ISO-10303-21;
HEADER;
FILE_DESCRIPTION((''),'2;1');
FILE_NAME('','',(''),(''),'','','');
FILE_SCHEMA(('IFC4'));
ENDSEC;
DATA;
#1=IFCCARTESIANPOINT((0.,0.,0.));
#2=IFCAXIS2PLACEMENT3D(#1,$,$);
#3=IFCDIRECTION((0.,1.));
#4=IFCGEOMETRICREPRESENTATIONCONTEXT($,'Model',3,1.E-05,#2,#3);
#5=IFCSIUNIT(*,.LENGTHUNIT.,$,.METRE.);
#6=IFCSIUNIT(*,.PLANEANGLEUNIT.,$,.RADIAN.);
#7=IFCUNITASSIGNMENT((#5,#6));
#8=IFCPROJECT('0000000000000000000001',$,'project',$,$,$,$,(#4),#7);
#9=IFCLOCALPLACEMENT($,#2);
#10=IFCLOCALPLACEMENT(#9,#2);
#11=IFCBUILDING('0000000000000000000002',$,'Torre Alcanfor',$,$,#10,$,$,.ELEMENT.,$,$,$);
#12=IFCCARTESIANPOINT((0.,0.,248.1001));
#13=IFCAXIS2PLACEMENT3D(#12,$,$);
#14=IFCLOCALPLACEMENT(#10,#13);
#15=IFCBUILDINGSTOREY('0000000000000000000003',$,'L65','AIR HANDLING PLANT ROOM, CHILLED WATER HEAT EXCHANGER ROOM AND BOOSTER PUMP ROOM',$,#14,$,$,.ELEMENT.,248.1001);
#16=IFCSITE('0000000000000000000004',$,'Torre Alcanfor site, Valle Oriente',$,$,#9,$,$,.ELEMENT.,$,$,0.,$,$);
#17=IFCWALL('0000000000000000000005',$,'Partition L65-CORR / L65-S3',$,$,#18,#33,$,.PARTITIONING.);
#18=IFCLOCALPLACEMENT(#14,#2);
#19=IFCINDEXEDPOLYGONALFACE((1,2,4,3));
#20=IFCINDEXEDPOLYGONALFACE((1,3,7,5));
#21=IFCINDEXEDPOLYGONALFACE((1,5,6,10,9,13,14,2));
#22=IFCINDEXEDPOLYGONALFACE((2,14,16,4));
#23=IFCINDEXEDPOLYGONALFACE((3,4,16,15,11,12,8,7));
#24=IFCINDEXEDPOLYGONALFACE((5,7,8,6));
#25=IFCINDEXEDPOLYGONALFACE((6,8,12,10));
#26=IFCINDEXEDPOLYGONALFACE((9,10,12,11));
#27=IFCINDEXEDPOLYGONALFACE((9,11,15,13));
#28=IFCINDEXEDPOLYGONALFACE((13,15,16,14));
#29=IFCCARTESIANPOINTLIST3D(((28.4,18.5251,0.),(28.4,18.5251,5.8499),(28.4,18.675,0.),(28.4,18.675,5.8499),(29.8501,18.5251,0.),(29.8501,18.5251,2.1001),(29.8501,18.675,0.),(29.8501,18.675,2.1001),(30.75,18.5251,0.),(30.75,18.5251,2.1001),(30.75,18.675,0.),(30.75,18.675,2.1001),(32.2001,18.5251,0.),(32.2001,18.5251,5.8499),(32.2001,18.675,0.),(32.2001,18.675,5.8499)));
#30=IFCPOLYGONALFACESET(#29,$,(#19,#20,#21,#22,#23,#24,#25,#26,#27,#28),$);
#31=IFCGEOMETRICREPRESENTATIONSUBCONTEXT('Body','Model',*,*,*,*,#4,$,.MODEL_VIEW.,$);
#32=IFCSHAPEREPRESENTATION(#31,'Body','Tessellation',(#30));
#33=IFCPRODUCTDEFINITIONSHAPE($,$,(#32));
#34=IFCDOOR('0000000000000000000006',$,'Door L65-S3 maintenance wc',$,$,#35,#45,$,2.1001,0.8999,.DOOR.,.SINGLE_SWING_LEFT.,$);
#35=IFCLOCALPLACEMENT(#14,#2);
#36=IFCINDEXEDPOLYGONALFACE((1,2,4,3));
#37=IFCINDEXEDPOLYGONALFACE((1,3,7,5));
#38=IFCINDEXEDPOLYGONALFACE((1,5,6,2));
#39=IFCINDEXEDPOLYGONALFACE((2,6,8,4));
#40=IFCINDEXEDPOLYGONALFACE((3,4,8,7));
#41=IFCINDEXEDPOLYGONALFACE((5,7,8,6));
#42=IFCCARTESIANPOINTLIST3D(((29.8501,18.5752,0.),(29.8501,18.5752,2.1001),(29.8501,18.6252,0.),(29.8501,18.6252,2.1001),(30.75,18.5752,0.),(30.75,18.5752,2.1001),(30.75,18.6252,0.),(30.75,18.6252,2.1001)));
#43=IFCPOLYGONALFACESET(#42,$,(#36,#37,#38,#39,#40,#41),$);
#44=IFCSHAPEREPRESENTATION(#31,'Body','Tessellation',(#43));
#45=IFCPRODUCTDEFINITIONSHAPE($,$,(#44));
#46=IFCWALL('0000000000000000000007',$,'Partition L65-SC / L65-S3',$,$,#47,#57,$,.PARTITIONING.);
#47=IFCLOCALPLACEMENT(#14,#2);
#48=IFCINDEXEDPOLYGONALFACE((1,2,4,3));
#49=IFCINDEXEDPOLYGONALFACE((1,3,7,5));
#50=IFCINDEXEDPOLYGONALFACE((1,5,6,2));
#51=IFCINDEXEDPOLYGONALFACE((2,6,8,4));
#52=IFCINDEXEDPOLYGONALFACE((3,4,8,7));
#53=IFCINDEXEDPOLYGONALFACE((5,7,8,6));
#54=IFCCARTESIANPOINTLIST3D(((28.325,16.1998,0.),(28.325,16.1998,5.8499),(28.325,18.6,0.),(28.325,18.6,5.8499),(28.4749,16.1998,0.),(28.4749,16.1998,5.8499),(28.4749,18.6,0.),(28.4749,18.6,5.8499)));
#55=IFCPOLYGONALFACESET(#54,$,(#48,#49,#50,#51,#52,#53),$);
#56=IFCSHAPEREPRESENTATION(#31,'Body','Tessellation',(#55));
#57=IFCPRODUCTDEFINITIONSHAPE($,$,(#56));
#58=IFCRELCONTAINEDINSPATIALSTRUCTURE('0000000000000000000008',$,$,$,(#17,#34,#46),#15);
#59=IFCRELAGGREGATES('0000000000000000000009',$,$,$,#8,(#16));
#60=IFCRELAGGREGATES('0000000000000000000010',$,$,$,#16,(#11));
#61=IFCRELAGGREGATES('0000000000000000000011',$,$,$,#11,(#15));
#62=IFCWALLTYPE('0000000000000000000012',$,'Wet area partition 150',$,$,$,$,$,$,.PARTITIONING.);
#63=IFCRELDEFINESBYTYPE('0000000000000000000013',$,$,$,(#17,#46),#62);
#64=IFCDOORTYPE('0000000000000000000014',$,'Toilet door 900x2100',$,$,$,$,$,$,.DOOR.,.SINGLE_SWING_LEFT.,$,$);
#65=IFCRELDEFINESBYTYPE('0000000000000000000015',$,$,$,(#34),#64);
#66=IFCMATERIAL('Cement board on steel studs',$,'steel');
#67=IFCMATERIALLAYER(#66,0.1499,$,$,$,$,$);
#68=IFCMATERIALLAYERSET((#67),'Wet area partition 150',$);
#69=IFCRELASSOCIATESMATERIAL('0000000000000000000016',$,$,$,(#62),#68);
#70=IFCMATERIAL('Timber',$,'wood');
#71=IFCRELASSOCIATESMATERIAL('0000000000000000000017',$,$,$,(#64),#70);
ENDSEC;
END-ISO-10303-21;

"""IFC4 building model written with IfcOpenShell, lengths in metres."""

from ifc_helpers import new_model, si_unit, direction, frame, frame_2d, origin, place, context, subcontext, project, spatial, rectangle, extrude, material, layer, layer_set, type_object, element, fill, save


model = new_model("IFC4")

# Units and contexts
model_context = context("Model", 3, precision=1e-05, world=origin(), true_north=direction((0.0, 1.0)))
body_context = subcontext(model_context, "Body", "Model", "MODEL_VIEW")
ifc_project = project(units=[si_unit("LENGTHUNIT", "METRE"), si_unit("PLANEANGLEUNIT", "RADIAN")], contexts=[model_context])

# Site, building, storey
site_placement = place(None, origin())
site = spatial("IfcSite", under=ifc_project, at=site_placement, Name="Torre Alcanfor site, Valle Oriente", CompositionType="ELEMENT", RefElevation=0.0)
building_placement = place(site_placement, origin())
building = spatial("IfcBuilding", under=site, at=building_placement, Name="Torre Alcanfor", CompositionType="ELEMENT")
storey_placement = place(building_placement, frame((0.0, 0.0, 248.1001)))
storey = spatial("IfcBuildingStorey", under=building, at=storey_placement, Name="L65", Description="AIR HANDLING PLANT ROOM, CHILLED WATER HEAT EXCHANGER ROOM AND BOOSTER PUMP ROOM", CompositionType="ELEMENT", Elevation=248.1001)

# Wall, opening, door
ifc_material_1 = material(Name="Cement board on steel studs", Category="steel")
ifc_layer_1 = layer(ifc_material_1, 0.1499)
ifc_layer_set_1 = layer_set([ifc_layer_1], Name="Wet area partition 150")
wall_type_1 = type_object("IfcWallType", Name="Wet area partition 150", PredefinedType="PARTITIONING", material=ifc_layer_set_1)
wall_1_placement = place(storey_placement, frame((32.2, 18.6001, 0.0), z_axis=(0.0, 0.0, 1.0), x_axis=(-1.0, 0.0, 0.0)))
wall_1 = element("IfcWall", 1, at=wall_1_placement, inside=storey, type_object=wall_type_1, Name="Partition L65-CORR / L65-S3", PredefinedType="PARTITIONING", context=body_context, shape_type="SweptSolid", body=[
    extrude(rectangle(XDim=3.8, YDim=0.1499, at=frame_2d((1.8999, 0.0))), origin(), (0.0, 0.0, 1.0), 5.8499),
])
opening_1_placement = place(wall_1_placement, frame((1.45, 0.0, 0.0)))
opening_1 = element("IfcOpeningElement", 2, at=opening_1_placement, cuts=wall_1, PredefinedType="OPENING", context=body_context, shape_type="SweptSolid", body=[
    extrude(rectangle(XDim=0.8999, YDim=2.1001, at=frame_2d((0.45, 1.05))), frame((0.0, 0.085, 0.0), z_axis=(0.0, -1.0, 0.0), x_axis=(1.0, 0.0, 0.0)), (0.0, 0.0, 1.0), 0.1699),
])
ifc_material_2 = material(Name="Timber", Category="wood")
door_type_1 = type_object("IfcDoorType", Name="Toilet door 900x2100", OperationType="SINGLE_SWING_LEFT", PredefinedType="DOOR", material=ifc_material_2)
door_1_placement = place(opening_1_placement, origin())
door_1 = element("IfcDoor", 3, at=door_1_placement, inside=storey, type_object=door_type_1, Name="Door L65-S3 maintenance wc", OperationType="SINGLE_SWING_LEFT", OverallHeight=2.1001, OverallWidth=0.8999, PredefinedType="DOOR", context=body_context, shape_type="SweptSolid", body=[
    extrude(rectangle(XDim=0.8999, YDim=2.1001, at=frame_2d((0.45, 1.05))), frame((0.0, 0.0249, 0.0), z_axis=(0.0, -1.0, 0.0), x_axis=(1.0, 0.0, 0.0)), (0.0, 0.0, 1.0), 0.05),
])
fill(opening_1, door_1)

# Wall
wall_2_placement = place(storey_placement, frame((28.3999, 18.6001, 0.0), z_axis=(0.0, 0.0, 1.0), x_axis=(0.0, -1.0, 0.0)))
element("IfcWall", 4, at=wall_2_placement, inside=storey, type_object=wall_type_1, Name="Partition L65-SC / L65-S3", PredefinedType="PARTITIONING", context=body_context, shape_type="SweptSolid", body=[
    extrude(rectangle(XDim=2.4001, YDim=0.1499, at=frame_2d((1.2002, 0.0))), origin(), (0.0, 0.0, 1.0), 5.8499),
])

save(model, "model.ifc")
